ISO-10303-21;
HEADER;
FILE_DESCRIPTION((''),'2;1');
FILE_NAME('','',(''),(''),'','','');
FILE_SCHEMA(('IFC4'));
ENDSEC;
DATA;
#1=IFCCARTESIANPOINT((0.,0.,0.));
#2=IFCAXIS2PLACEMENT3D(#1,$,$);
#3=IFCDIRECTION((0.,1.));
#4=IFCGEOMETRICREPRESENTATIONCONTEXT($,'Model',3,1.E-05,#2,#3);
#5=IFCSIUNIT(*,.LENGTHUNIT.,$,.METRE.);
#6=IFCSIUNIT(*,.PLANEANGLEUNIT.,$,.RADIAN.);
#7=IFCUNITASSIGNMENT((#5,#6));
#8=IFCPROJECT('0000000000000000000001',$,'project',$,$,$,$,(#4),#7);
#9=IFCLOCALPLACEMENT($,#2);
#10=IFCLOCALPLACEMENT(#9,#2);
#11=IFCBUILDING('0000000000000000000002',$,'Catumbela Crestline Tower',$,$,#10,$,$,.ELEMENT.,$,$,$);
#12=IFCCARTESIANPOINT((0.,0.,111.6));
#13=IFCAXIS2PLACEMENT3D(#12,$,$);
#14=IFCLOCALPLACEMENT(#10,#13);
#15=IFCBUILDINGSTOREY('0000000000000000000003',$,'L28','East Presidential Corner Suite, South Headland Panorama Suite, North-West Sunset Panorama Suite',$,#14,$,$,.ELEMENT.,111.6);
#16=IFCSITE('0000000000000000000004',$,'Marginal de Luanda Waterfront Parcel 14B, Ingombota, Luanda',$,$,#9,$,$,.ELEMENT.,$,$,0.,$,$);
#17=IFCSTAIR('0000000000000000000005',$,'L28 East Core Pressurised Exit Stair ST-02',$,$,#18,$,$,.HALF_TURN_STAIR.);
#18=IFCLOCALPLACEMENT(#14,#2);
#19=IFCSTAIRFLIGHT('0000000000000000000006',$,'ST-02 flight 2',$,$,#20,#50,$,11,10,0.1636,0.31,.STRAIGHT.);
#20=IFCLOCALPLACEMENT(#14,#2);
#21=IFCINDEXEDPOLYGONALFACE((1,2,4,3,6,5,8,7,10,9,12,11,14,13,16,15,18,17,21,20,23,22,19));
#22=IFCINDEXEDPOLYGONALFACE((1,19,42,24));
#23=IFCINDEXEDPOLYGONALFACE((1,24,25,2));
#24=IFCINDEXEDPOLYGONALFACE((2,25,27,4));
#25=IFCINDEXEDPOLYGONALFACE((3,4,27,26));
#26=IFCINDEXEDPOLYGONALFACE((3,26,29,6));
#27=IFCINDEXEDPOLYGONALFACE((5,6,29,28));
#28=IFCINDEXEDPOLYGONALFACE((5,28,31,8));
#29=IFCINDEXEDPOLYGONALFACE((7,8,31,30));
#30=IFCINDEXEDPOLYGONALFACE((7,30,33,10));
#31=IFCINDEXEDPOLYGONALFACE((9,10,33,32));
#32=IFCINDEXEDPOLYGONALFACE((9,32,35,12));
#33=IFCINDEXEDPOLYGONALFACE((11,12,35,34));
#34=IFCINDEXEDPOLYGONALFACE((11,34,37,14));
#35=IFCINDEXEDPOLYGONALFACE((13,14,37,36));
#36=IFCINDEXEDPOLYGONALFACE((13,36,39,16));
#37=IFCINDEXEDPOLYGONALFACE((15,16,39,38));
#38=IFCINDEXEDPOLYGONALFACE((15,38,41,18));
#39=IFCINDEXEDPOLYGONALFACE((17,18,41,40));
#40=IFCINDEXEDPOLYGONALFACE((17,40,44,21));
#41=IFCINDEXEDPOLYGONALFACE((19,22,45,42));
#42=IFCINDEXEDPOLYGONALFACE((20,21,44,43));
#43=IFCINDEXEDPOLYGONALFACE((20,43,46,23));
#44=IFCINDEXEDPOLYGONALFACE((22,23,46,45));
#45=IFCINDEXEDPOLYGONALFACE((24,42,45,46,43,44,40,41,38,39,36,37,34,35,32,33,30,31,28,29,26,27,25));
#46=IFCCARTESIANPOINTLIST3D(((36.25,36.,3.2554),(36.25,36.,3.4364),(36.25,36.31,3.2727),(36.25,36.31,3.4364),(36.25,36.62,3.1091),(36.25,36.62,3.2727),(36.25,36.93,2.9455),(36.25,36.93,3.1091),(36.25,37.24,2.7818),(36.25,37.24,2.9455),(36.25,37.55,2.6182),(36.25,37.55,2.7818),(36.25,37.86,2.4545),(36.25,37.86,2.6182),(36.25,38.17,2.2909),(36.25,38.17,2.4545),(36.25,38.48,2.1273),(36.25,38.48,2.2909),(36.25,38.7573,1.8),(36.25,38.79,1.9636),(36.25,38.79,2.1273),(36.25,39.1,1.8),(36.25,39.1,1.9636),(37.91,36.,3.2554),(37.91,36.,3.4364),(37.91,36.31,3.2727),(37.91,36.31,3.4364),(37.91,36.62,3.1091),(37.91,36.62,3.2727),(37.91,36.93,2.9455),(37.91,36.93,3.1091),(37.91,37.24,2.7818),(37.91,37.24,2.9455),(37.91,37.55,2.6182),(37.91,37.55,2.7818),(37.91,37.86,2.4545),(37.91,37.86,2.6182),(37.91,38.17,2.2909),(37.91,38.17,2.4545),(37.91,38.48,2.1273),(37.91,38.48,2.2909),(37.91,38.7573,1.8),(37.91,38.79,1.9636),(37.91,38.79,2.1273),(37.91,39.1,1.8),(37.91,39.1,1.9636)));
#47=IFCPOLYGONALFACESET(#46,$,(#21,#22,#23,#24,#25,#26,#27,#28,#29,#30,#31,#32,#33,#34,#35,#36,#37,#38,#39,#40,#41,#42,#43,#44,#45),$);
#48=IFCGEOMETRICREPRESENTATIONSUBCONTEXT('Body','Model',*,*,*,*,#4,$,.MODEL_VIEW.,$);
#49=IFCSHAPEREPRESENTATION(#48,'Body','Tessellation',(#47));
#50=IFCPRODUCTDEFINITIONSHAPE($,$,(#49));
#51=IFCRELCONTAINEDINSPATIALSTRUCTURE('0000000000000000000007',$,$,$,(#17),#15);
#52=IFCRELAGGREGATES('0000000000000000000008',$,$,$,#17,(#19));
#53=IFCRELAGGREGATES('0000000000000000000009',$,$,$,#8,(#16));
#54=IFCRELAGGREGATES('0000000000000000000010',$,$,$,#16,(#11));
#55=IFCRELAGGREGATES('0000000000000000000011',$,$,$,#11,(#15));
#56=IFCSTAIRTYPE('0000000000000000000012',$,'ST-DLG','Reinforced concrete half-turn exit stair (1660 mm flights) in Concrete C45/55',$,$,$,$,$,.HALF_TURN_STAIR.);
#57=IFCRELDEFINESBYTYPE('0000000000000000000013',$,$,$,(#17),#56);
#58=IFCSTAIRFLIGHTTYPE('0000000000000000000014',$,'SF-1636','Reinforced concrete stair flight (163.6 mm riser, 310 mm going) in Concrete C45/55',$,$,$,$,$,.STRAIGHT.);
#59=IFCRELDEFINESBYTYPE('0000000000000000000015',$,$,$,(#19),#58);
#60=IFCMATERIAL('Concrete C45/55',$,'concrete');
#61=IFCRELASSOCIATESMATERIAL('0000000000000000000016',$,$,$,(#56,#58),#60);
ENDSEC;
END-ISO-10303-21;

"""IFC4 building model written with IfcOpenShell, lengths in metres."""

from ifc_helpers import new_model, si_unit, direction, frame, origin, place, context, subcontext, project, spatial, polyline, outline, extrude, material, type_object, element, aggregate, save


model = new_model("IFC4")

# Units and contexts
model_context = context("Model", 3, precision=1e-05, world=origin(), true_north=direction((0.0, 1.0)))
body_context = subcontext(model_context, "Body", "Model", "MODEL_VIEW")
ifc_project = project(units=[si_unit("LENGTHUNIT", "METRE"), si_unit("PLANEANGLEUNIT", "RADIAN")], contexts=[model_context])

# Site, building, storey
site_placement = place(None, origin())
site = spatial("IfcSite", under=ifc_project, at=site_placement, Name="Marginal de Luanda Waterfront Parcel 14B, Ingombota, Luanda", CompositionType="ELEMENT", RefElevation=0.0)
building_placement = place(site_placement, origin())
building = spatial("IfcBuilding", under=site, at=building_placement, Name="Catumbela Crestline Tower", CompositionType="ELEMENT")
storey_placement = place(building_placement, frame((0.0, 0.0, 111.6)))
storey = spatial("IfcBuildingStorey", under=building, at=storey_placement, Name="L28", Description="East Presidential Corner Suite, South Headland Panorama Suite, North-West Sunset Panorama Suite", CompositionType="ELEMENT", Elevation=111.6)

# Stair, stair flight
ifc_material_1 = material(Name="Concrete C45/55", Category="concrete")
stair_type = type_object("IfcStairType", Name="ST-DLG", Description="Reinforced concrete half-turn exit stair (1660 mm flights) in Concrete C45/55", PredefinedType="HALF_TURN_STAIR", material=ifc_material_1)
stair_placement = place(storey_placement, origin())
stair = element("IfcStair", 1, at=stair_placement, inside=storey, type_object=stair_type, Name="L28 East Core Pressurised Exit Stair ST-02", PredefinedType="HALF_TURN_STAIR")
stair_flight_type = type_object("IfcStairFlightType", Name="SF-1636", Description="Reinforced concrete stair flight (163.6 mm riser, 310 mm going) in Concrete C45/55", PredefinedType="STRAIGHT", material=ifc_material_1)
stair_flight_placement = place(storey_placement, frame((37.08, 39.1, 1.8), z_axis=(0.0, 0.0, 1.0), x_axis=(0.0, -1.0, 0.0)))
stair_flight = element("IfcStairFlight", 2, at=stair_flight_placement, type_object=stair_flight_type, Name="ST-02 flight 2", NumberOfRisers=11, NumberOfTreads=10, PredefinedType="STRAIGHT", RiserHeight=0.1636, TreadLength=0.31, context=body_context, shape_type="SweptSolid", body=[
    extrude(outline(polyline([(0.0, 0.0), (0.0, 0.1636), (0.31, 0.1636), (0.31, 0.3273), (0.62, 0.3273), (0.62, 0.4909), (0.93, 0.4909), (0.93, 0.6545), (1.24, 0.6545), (1.24, 0.8182), (1.55, 0.8182), (1.55, 0.9818), (1.86, 0.9818), (1.86, 1.1455), (2.17, 1.1455), (2.17, 1.3091), (2.48, 1.3091), (2.48, 1.4727), (2.79, 1.4727), (2.79, 1.6364), (3.1, 1.6364), (3.1, 1.8), (3.1, 1.4554), (0.3427, 0.0), (0.0, 0.0)])), frame((0.0, 0.83, 0.0), z_axis=(0.0, -1.0, 0.0), x_axis=(1.0, 0.0, 0.0)), (0.0, 0.0, 1.0), 1.66),
])
aggregate(stair, [stair_flight])

save(model, "model.ifc")
